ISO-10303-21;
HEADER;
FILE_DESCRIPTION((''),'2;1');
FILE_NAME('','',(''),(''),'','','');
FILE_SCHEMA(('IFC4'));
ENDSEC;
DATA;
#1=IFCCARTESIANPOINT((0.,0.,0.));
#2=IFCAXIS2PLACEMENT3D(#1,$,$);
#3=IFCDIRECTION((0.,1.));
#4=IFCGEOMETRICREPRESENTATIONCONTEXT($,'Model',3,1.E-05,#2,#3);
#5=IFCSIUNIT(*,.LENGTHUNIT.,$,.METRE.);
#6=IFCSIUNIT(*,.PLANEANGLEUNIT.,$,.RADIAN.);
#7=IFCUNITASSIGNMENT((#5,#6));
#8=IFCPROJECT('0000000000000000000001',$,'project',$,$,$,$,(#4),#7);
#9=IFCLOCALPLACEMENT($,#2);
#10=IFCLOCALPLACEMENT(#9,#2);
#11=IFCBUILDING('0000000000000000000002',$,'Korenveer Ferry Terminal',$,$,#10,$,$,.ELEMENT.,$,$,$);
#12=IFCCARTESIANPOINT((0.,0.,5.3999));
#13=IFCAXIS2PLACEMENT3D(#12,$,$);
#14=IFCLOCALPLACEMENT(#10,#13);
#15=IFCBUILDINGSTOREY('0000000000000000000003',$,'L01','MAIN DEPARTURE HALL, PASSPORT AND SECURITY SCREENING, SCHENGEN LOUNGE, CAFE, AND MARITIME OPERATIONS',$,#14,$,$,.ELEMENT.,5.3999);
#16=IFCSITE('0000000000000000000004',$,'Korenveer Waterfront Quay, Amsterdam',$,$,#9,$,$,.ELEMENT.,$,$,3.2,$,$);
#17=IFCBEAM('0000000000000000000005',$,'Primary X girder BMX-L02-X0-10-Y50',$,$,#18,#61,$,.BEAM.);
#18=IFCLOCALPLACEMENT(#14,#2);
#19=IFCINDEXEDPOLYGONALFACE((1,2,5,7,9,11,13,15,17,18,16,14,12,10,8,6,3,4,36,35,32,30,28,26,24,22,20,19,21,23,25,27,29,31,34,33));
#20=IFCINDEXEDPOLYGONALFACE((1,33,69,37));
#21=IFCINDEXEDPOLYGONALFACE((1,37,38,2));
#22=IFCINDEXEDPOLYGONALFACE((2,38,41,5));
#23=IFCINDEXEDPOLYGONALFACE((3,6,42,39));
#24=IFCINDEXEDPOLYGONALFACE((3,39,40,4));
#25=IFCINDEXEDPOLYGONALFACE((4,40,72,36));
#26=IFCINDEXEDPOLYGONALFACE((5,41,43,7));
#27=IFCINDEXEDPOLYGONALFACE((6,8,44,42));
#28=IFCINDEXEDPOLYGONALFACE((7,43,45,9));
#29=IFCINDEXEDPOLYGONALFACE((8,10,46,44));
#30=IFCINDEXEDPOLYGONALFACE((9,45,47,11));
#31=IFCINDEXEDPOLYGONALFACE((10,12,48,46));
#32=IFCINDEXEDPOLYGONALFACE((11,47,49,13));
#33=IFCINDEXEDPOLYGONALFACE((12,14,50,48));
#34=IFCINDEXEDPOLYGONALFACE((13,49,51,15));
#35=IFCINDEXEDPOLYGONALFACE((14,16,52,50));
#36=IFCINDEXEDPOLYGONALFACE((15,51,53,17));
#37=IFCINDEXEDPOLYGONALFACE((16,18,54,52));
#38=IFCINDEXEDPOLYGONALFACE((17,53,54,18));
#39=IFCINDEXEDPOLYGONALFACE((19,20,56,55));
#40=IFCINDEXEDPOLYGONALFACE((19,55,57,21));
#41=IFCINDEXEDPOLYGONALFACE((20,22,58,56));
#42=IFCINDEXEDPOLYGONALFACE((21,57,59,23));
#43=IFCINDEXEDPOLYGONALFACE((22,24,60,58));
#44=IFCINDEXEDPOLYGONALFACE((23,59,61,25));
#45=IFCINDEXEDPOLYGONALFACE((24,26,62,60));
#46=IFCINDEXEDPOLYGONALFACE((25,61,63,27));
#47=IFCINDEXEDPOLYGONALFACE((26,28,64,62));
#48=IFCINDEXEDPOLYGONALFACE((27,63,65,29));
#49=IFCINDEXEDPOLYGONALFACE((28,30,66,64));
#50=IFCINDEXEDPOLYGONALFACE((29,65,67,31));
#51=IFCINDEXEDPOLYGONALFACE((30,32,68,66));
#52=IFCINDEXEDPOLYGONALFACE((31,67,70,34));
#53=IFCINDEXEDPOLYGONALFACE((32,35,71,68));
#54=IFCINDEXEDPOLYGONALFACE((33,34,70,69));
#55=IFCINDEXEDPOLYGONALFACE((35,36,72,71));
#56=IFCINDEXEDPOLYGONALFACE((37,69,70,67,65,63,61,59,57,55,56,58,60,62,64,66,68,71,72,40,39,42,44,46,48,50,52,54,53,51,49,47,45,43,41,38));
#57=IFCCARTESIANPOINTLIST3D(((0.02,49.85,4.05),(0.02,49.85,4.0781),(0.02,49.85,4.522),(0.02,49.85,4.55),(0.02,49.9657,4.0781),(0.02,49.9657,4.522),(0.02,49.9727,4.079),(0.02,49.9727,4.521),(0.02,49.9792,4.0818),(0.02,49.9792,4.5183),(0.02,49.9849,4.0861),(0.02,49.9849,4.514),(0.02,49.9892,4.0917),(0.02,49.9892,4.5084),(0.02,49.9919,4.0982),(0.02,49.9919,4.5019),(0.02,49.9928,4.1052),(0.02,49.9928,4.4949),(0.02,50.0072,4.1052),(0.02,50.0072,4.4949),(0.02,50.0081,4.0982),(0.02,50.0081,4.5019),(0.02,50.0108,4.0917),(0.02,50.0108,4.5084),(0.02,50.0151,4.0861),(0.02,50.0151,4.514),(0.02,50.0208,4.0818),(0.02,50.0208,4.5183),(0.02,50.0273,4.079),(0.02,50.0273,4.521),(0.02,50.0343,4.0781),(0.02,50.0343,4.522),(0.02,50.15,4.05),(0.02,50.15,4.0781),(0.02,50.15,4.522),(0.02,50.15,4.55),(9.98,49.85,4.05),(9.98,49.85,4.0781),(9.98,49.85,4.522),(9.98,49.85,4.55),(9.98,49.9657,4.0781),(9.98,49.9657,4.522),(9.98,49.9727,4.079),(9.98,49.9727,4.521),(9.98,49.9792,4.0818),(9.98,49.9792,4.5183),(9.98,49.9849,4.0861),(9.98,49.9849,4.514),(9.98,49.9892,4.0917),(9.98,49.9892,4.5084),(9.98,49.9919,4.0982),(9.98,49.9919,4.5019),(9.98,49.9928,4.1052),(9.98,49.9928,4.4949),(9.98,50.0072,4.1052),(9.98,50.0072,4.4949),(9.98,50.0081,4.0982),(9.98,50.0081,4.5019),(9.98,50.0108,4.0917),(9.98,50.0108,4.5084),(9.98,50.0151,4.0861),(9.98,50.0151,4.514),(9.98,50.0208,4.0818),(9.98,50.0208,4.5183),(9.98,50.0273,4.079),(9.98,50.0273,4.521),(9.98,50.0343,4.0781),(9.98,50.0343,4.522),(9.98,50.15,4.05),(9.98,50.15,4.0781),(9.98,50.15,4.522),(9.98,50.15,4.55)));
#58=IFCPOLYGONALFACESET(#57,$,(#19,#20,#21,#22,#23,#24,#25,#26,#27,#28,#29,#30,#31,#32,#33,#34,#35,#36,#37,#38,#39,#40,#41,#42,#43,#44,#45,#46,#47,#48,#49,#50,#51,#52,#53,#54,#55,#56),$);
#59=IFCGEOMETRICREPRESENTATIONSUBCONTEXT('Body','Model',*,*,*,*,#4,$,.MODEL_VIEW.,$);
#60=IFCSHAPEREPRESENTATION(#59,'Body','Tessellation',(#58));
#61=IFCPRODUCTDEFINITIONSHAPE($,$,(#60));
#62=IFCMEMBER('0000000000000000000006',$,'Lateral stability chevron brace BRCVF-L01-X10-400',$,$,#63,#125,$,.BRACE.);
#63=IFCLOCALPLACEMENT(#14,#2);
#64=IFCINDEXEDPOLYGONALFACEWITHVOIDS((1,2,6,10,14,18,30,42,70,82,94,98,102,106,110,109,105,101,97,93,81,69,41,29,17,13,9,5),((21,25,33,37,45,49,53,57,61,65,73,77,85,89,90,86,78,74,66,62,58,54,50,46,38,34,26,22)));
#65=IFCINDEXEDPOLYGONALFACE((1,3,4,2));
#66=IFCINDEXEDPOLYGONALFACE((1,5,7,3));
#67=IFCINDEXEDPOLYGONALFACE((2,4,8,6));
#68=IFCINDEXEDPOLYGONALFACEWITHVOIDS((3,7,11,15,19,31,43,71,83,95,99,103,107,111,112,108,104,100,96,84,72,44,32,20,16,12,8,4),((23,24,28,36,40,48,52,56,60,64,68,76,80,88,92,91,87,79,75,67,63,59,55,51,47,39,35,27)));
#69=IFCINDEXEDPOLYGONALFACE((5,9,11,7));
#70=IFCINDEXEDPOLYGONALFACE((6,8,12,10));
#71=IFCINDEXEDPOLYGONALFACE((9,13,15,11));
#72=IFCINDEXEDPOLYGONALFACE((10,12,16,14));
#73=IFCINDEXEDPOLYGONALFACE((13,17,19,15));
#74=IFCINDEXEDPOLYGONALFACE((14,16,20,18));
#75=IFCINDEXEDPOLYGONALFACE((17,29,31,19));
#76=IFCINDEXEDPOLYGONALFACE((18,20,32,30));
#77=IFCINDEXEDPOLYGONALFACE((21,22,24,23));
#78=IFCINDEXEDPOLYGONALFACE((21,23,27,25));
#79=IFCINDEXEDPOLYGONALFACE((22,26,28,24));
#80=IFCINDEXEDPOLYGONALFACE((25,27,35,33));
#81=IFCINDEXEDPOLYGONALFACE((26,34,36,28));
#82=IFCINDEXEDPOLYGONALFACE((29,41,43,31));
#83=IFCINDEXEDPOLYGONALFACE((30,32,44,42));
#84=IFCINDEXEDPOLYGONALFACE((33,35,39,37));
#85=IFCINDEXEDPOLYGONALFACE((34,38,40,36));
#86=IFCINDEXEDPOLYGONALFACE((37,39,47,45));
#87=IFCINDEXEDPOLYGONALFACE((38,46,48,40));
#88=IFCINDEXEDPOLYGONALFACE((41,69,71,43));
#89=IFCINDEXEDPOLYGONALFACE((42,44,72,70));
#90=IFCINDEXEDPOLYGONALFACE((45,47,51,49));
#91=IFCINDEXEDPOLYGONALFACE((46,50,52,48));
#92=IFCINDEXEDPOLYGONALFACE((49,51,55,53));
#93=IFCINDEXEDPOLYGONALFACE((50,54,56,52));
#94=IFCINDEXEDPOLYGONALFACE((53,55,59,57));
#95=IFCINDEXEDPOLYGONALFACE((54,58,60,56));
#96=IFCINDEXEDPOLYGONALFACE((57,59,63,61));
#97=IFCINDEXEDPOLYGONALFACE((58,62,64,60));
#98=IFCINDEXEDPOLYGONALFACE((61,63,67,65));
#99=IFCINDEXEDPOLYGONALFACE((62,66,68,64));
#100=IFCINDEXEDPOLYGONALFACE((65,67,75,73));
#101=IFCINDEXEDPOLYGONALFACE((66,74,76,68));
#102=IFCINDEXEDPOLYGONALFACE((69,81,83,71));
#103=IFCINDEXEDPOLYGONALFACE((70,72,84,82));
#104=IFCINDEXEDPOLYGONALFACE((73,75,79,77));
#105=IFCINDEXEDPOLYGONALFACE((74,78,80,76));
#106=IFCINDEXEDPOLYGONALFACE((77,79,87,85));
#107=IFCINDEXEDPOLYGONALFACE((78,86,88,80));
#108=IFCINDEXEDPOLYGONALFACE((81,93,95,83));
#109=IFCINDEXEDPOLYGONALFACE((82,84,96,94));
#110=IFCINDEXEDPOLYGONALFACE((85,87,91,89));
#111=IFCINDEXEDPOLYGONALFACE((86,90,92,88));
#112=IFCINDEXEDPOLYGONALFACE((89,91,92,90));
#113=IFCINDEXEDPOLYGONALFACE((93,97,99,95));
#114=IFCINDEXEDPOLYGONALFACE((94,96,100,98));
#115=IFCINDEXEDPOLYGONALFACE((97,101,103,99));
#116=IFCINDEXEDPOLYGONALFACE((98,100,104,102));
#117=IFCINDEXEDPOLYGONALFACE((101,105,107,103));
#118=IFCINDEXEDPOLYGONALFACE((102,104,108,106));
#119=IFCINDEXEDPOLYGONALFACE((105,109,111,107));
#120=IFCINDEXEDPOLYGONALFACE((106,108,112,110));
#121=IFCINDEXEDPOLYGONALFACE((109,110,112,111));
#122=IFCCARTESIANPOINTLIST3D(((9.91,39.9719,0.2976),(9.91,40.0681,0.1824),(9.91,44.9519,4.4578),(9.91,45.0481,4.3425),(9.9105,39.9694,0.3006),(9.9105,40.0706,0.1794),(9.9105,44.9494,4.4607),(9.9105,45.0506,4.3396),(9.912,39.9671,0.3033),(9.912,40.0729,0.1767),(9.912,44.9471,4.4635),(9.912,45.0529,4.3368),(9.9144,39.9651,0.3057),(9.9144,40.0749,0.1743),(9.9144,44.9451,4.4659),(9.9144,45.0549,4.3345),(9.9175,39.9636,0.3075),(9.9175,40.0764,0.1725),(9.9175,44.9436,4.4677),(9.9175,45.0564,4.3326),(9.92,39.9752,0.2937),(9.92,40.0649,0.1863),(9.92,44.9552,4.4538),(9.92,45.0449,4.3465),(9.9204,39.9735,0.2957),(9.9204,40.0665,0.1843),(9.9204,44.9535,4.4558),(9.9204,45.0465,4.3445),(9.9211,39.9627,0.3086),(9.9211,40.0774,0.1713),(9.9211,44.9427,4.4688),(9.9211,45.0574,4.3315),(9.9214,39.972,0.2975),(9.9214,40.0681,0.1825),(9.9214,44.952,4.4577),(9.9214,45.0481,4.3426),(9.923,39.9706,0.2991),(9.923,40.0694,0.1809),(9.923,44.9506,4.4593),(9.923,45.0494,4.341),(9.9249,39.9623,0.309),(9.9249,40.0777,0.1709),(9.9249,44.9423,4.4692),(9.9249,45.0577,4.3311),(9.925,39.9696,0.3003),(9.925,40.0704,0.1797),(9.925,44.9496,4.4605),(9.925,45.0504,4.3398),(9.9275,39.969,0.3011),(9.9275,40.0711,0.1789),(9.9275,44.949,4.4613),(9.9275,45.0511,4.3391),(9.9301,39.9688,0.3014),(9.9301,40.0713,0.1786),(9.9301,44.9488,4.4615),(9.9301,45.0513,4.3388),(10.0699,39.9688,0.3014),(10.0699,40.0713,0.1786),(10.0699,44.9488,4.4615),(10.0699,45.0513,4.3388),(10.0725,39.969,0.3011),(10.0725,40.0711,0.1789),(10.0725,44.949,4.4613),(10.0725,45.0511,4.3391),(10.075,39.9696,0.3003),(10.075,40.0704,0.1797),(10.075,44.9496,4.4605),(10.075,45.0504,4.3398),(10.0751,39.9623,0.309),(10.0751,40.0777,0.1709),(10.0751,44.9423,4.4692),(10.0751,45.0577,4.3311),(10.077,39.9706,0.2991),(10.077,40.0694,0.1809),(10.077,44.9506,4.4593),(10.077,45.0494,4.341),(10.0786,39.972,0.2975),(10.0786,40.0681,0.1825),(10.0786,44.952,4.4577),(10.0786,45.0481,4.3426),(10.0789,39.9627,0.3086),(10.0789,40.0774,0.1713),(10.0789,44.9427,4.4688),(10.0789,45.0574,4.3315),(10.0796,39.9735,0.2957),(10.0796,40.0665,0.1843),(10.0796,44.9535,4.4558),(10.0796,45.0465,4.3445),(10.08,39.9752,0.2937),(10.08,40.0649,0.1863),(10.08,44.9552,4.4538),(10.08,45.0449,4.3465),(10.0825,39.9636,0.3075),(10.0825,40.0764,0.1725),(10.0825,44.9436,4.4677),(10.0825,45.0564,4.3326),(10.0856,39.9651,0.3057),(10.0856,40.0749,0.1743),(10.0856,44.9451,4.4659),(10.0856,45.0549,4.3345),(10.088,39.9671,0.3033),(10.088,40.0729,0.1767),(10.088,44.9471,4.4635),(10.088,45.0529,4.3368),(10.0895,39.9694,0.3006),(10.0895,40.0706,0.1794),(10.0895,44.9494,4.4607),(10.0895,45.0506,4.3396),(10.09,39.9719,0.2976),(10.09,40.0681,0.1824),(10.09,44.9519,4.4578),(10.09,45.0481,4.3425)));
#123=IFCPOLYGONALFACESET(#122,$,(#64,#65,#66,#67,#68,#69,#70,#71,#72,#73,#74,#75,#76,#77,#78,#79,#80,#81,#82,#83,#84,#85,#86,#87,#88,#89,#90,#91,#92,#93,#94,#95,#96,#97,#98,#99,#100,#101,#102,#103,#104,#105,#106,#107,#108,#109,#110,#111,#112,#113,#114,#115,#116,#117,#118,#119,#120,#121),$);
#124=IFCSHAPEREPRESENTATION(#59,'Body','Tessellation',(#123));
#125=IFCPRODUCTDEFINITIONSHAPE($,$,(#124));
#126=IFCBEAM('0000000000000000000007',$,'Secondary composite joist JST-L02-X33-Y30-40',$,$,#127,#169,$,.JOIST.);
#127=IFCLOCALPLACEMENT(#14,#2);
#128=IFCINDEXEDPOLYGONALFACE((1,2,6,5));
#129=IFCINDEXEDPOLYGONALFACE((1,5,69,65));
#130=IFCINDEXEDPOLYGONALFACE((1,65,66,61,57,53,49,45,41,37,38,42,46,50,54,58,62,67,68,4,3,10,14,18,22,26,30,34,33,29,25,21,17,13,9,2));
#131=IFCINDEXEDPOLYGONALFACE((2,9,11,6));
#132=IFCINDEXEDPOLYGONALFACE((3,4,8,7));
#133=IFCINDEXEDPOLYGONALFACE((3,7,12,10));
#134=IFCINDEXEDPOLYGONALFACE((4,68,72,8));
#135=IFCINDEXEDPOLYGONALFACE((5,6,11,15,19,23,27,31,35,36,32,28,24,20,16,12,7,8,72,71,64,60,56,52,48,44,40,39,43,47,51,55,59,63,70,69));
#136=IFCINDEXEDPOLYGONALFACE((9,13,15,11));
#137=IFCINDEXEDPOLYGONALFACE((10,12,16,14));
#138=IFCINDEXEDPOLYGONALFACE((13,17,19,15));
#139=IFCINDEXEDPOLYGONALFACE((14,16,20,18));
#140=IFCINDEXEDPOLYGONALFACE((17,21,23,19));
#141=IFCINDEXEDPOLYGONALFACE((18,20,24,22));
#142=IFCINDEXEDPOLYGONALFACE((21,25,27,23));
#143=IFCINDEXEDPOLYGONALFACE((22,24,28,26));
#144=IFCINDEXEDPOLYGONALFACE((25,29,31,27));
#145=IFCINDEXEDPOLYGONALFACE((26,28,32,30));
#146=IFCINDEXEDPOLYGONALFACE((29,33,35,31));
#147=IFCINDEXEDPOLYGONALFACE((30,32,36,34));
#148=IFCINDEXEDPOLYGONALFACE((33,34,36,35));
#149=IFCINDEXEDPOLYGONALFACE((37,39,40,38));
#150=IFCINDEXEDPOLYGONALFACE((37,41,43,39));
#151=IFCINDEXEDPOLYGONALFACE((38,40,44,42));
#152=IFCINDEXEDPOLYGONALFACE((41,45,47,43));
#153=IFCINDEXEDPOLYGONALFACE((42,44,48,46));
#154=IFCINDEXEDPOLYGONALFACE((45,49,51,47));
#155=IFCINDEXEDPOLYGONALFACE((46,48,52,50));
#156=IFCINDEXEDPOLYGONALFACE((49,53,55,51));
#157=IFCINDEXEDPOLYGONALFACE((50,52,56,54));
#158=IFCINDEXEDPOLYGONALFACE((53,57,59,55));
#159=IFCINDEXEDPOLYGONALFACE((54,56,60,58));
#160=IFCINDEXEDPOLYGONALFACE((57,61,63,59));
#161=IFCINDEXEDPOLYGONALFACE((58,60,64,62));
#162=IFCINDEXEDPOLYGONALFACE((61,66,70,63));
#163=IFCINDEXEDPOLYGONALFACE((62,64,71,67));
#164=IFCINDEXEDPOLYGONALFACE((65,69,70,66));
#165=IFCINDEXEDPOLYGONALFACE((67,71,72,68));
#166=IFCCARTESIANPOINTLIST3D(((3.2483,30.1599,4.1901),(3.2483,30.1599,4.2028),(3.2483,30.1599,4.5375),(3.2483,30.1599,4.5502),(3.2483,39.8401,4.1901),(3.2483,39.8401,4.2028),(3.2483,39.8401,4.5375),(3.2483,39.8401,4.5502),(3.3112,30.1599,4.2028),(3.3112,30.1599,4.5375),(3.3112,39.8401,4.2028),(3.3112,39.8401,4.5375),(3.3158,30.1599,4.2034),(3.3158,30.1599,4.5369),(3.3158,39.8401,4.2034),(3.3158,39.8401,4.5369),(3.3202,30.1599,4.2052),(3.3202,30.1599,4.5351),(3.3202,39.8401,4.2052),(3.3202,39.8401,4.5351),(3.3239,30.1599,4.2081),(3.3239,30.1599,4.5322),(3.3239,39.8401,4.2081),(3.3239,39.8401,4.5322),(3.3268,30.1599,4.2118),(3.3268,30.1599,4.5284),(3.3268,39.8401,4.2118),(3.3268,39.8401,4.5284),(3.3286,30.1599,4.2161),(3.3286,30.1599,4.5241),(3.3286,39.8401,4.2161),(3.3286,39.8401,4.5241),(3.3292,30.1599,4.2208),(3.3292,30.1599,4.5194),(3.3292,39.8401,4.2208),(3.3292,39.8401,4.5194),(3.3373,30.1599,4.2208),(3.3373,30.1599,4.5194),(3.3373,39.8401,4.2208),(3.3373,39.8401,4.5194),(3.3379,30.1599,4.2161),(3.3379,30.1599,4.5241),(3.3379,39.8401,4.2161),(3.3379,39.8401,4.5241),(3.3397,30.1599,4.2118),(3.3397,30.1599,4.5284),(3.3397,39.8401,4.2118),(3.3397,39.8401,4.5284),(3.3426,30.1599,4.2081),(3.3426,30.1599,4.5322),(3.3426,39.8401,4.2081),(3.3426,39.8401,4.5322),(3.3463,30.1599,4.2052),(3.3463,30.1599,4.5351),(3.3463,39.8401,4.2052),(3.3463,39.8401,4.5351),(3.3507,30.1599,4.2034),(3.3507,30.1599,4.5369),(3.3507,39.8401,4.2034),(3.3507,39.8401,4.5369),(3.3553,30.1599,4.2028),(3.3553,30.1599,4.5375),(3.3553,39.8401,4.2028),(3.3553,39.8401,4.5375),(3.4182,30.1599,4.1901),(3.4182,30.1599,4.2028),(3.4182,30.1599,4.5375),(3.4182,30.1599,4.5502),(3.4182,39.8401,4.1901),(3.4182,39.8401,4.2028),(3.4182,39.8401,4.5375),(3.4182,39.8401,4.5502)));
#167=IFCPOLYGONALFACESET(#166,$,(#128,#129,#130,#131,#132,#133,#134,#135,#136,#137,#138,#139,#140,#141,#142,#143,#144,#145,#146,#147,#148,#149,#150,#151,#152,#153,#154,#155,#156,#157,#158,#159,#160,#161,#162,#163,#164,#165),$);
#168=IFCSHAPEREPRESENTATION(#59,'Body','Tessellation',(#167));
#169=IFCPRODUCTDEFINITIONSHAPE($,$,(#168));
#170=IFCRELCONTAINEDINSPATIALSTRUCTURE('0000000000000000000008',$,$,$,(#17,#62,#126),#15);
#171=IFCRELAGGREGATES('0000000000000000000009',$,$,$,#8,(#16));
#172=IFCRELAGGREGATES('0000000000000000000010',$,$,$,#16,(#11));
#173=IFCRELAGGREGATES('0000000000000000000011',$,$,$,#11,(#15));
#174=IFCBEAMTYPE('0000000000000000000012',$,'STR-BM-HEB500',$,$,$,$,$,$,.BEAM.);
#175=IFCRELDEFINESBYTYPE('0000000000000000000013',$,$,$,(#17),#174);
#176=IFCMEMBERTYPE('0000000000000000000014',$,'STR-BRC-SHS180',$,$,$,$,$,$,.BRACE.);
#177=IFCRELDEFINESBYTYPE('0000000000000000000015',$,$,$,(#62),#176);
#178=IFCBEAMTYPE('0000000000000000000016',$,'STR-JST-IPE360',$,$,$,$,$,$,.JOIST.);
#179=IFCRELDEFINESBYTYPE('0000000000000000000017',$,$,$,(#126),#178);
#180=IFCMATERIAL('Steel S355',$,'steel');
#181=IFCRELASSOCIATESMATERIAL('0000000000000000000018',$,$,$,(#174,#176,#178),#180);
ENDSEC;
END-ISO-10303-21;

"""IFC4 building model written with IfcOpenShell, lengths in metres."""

from ifc_helpers import new_model, si_unit, direction, frame, origin, origin_2d, place, context, subcontext, project, spatial, hollow_rectangle, i_section, extrude, material, material_profile, profile_set, type_object, element, save


model = new_model("IFC4")

# Units and contexts
model_context = context("Model", 3, precision=1e-05, world=origin(), true_north=direction((0.0, 1.0)))
body_context = subcontext(model_context, "Body", "Model", "MODEL_VIEW")
ifc_project = project(units=[si_unit("LENGTHUNIT", "METRE"), si_unit("PLANEANGLEUNIT", "RADIAN")], contexts=[model_context])

# Site, building, storey
site_placement = place(None, origin())
site = spatial("IfcSite", under=ifc_project, at=site_placement, Name="Korenveer Waterfront Quay, Amsterdam", CompositionType="ELEMENT", RefElevation=3.2)
building_placement = place(site_placement, origin())
building = spatial("IfcBuilding", under=site, at=building_placement, Name="Korenveer Ferry Terminal", CompositionType="ELEMENT")
storey_placement = place(building_placement, frame((0.0, 0.0, 5.3999)))
storey = spatial("IfcBuildingStorey", under=building, at=storey_placement, Name="L01", Description="MAIN DEPARTURE HALL, PASSPORT AND SECURITY SCREENING, SCHENGEN LOUNGE, CAFE, AND MARITIME OPERATIONS", CompositionType="ELEMENT", Elevation=5.3999)

# Beam
ifc_material_1 = material(Name="Steel S355", Category="steel")
ifc_material_profile_1 = material_profile(ifc_material_1, i_section(OverallWidth=0.3, OverallDepth=0.5, WebThickness=0.0144, FlangeThickness=0.0281, FilletRadius=0.0271, at=origin_2d()), Name="HEB 500")
ifc_profile_set_1 = profile_set([ifc_material_profile_1], Name="Steel S355")
beam_type_1 = type_object("IfcBeamType", Name="STR-BM-HEB500", PredefinedType="BEAM", material=ifc_profile_set_1)
for number, where, z_axis, x_axis, name in (
    (1, (0.02, 50.0, 4.3), (1.0, 0.0, 0.0), (0.0, 1.0, 0.0), "Primary X girder BMX-L02-X0-10-Y50"),
):
    element("IfcBeam", number, at=place(storey_placement, frame(where, z_axis=z_axis, x_axis=x_axis)), inside=storey, type_object=beam_type_1, Name=name, PredefinedType="BEAM", context=body_context, shape_type="SweptSolid", body=[
        extrude(i_section(OverallWidth=0.3, OverallDepth=0.5, WebThickness=0.0144, FlangeThickness=0.0281, FilletRadius=0.0271, at=origin_2d()), origin(), (0.0, 0.0, 1.0), 9.96),
    ])

# Member
ifc_material_profile_2 = material_profile(ifc_material_1, hollow_rectangle(XDim=0.1799, YDim=0.1799, WallThickness=0.01, InnerFilletRadius=0.01, OuterFilletRadius=0.0149, at=origin_2d()), Name="SHS 180x180x10")
ifc_profile_set_2 = profile_set([ifc_material_profile_2], Name="Steel S355")
member_type_1 = type_object("IfcMemberType", Name="STR-BRC-SHS180", PredefinedType="BRACE", material=ifc_profile_set_2)
member_1_placement = place(storey_placement, frame((10.0, 40.02, 0.24), z_axis=(0.0, 0.76745, 0.641109), x_axis=(-1.0, 0.0, 0.0)))
element("IfcMember", 2, at=member_1_placement, inside=storey, type_object=member_type_1, Name="Lateral stability chevron brace BRCVF-L01-X10-400", PredefinedType="BRACE", context=body_context, shape_type="SweptSolid", body=[
    extrude(hollow_rectangle(XDim=0.1799, YDim=0.1799, WallThickness=0.01, InnerFilletRadius=0.01, OuterFilletRadius=0.0149, at=origin_2d()), origin(), (0.0, 0.0, 1.0), 6.489),
])

# Beam
ifc_material_profile_3 = material_profile(ifc_material_1, i_section(OverallWidth=0.1699, OverallDepth=0.3601, WebThickness=0.0081, FlangeThickness=0.0127, FilletRadius=0.0181, at=origin_2d()), Name="IPE 360")
ifc_profile_set_3 = profile_set([ifc_material_profile_3], Name="Steel S355")
beam_type_2 = type_object("IfcBeamType", Name="STR-JST-IPE360", PredefinedType="JOIST", material=ifc_profile_set_3)
for number, where, z_axis, x_axis, name in (
    (3, (3.3333, 30.1599, 4.3701), (0.0, 1.0, 0.0), (-1.0, 0.0, 0.0), "Secondary composite joist JST-L02-X33-Y30-40"),
):
    element("IfcBeam", number, at=place(storey_placement, frame(where, z_axis=z_axis, x_axis=x_axis)), inside=storey, type_object=beam_type_2, Name=name, PredefinedType="JOIST", context=body_context, shape_type="SweptSolid", body=[
        extrude(i_section(OverallWidth=0.1699, OverallDepth=0.3601, WebThickness=0.0081, FlangeThickness=0.0127, FilletRadius=0.0181, at=origin_2d()), origin(), (0.0, 0.0, 1.0), 9.6802),
    ])

save(model, "model.ifc")
